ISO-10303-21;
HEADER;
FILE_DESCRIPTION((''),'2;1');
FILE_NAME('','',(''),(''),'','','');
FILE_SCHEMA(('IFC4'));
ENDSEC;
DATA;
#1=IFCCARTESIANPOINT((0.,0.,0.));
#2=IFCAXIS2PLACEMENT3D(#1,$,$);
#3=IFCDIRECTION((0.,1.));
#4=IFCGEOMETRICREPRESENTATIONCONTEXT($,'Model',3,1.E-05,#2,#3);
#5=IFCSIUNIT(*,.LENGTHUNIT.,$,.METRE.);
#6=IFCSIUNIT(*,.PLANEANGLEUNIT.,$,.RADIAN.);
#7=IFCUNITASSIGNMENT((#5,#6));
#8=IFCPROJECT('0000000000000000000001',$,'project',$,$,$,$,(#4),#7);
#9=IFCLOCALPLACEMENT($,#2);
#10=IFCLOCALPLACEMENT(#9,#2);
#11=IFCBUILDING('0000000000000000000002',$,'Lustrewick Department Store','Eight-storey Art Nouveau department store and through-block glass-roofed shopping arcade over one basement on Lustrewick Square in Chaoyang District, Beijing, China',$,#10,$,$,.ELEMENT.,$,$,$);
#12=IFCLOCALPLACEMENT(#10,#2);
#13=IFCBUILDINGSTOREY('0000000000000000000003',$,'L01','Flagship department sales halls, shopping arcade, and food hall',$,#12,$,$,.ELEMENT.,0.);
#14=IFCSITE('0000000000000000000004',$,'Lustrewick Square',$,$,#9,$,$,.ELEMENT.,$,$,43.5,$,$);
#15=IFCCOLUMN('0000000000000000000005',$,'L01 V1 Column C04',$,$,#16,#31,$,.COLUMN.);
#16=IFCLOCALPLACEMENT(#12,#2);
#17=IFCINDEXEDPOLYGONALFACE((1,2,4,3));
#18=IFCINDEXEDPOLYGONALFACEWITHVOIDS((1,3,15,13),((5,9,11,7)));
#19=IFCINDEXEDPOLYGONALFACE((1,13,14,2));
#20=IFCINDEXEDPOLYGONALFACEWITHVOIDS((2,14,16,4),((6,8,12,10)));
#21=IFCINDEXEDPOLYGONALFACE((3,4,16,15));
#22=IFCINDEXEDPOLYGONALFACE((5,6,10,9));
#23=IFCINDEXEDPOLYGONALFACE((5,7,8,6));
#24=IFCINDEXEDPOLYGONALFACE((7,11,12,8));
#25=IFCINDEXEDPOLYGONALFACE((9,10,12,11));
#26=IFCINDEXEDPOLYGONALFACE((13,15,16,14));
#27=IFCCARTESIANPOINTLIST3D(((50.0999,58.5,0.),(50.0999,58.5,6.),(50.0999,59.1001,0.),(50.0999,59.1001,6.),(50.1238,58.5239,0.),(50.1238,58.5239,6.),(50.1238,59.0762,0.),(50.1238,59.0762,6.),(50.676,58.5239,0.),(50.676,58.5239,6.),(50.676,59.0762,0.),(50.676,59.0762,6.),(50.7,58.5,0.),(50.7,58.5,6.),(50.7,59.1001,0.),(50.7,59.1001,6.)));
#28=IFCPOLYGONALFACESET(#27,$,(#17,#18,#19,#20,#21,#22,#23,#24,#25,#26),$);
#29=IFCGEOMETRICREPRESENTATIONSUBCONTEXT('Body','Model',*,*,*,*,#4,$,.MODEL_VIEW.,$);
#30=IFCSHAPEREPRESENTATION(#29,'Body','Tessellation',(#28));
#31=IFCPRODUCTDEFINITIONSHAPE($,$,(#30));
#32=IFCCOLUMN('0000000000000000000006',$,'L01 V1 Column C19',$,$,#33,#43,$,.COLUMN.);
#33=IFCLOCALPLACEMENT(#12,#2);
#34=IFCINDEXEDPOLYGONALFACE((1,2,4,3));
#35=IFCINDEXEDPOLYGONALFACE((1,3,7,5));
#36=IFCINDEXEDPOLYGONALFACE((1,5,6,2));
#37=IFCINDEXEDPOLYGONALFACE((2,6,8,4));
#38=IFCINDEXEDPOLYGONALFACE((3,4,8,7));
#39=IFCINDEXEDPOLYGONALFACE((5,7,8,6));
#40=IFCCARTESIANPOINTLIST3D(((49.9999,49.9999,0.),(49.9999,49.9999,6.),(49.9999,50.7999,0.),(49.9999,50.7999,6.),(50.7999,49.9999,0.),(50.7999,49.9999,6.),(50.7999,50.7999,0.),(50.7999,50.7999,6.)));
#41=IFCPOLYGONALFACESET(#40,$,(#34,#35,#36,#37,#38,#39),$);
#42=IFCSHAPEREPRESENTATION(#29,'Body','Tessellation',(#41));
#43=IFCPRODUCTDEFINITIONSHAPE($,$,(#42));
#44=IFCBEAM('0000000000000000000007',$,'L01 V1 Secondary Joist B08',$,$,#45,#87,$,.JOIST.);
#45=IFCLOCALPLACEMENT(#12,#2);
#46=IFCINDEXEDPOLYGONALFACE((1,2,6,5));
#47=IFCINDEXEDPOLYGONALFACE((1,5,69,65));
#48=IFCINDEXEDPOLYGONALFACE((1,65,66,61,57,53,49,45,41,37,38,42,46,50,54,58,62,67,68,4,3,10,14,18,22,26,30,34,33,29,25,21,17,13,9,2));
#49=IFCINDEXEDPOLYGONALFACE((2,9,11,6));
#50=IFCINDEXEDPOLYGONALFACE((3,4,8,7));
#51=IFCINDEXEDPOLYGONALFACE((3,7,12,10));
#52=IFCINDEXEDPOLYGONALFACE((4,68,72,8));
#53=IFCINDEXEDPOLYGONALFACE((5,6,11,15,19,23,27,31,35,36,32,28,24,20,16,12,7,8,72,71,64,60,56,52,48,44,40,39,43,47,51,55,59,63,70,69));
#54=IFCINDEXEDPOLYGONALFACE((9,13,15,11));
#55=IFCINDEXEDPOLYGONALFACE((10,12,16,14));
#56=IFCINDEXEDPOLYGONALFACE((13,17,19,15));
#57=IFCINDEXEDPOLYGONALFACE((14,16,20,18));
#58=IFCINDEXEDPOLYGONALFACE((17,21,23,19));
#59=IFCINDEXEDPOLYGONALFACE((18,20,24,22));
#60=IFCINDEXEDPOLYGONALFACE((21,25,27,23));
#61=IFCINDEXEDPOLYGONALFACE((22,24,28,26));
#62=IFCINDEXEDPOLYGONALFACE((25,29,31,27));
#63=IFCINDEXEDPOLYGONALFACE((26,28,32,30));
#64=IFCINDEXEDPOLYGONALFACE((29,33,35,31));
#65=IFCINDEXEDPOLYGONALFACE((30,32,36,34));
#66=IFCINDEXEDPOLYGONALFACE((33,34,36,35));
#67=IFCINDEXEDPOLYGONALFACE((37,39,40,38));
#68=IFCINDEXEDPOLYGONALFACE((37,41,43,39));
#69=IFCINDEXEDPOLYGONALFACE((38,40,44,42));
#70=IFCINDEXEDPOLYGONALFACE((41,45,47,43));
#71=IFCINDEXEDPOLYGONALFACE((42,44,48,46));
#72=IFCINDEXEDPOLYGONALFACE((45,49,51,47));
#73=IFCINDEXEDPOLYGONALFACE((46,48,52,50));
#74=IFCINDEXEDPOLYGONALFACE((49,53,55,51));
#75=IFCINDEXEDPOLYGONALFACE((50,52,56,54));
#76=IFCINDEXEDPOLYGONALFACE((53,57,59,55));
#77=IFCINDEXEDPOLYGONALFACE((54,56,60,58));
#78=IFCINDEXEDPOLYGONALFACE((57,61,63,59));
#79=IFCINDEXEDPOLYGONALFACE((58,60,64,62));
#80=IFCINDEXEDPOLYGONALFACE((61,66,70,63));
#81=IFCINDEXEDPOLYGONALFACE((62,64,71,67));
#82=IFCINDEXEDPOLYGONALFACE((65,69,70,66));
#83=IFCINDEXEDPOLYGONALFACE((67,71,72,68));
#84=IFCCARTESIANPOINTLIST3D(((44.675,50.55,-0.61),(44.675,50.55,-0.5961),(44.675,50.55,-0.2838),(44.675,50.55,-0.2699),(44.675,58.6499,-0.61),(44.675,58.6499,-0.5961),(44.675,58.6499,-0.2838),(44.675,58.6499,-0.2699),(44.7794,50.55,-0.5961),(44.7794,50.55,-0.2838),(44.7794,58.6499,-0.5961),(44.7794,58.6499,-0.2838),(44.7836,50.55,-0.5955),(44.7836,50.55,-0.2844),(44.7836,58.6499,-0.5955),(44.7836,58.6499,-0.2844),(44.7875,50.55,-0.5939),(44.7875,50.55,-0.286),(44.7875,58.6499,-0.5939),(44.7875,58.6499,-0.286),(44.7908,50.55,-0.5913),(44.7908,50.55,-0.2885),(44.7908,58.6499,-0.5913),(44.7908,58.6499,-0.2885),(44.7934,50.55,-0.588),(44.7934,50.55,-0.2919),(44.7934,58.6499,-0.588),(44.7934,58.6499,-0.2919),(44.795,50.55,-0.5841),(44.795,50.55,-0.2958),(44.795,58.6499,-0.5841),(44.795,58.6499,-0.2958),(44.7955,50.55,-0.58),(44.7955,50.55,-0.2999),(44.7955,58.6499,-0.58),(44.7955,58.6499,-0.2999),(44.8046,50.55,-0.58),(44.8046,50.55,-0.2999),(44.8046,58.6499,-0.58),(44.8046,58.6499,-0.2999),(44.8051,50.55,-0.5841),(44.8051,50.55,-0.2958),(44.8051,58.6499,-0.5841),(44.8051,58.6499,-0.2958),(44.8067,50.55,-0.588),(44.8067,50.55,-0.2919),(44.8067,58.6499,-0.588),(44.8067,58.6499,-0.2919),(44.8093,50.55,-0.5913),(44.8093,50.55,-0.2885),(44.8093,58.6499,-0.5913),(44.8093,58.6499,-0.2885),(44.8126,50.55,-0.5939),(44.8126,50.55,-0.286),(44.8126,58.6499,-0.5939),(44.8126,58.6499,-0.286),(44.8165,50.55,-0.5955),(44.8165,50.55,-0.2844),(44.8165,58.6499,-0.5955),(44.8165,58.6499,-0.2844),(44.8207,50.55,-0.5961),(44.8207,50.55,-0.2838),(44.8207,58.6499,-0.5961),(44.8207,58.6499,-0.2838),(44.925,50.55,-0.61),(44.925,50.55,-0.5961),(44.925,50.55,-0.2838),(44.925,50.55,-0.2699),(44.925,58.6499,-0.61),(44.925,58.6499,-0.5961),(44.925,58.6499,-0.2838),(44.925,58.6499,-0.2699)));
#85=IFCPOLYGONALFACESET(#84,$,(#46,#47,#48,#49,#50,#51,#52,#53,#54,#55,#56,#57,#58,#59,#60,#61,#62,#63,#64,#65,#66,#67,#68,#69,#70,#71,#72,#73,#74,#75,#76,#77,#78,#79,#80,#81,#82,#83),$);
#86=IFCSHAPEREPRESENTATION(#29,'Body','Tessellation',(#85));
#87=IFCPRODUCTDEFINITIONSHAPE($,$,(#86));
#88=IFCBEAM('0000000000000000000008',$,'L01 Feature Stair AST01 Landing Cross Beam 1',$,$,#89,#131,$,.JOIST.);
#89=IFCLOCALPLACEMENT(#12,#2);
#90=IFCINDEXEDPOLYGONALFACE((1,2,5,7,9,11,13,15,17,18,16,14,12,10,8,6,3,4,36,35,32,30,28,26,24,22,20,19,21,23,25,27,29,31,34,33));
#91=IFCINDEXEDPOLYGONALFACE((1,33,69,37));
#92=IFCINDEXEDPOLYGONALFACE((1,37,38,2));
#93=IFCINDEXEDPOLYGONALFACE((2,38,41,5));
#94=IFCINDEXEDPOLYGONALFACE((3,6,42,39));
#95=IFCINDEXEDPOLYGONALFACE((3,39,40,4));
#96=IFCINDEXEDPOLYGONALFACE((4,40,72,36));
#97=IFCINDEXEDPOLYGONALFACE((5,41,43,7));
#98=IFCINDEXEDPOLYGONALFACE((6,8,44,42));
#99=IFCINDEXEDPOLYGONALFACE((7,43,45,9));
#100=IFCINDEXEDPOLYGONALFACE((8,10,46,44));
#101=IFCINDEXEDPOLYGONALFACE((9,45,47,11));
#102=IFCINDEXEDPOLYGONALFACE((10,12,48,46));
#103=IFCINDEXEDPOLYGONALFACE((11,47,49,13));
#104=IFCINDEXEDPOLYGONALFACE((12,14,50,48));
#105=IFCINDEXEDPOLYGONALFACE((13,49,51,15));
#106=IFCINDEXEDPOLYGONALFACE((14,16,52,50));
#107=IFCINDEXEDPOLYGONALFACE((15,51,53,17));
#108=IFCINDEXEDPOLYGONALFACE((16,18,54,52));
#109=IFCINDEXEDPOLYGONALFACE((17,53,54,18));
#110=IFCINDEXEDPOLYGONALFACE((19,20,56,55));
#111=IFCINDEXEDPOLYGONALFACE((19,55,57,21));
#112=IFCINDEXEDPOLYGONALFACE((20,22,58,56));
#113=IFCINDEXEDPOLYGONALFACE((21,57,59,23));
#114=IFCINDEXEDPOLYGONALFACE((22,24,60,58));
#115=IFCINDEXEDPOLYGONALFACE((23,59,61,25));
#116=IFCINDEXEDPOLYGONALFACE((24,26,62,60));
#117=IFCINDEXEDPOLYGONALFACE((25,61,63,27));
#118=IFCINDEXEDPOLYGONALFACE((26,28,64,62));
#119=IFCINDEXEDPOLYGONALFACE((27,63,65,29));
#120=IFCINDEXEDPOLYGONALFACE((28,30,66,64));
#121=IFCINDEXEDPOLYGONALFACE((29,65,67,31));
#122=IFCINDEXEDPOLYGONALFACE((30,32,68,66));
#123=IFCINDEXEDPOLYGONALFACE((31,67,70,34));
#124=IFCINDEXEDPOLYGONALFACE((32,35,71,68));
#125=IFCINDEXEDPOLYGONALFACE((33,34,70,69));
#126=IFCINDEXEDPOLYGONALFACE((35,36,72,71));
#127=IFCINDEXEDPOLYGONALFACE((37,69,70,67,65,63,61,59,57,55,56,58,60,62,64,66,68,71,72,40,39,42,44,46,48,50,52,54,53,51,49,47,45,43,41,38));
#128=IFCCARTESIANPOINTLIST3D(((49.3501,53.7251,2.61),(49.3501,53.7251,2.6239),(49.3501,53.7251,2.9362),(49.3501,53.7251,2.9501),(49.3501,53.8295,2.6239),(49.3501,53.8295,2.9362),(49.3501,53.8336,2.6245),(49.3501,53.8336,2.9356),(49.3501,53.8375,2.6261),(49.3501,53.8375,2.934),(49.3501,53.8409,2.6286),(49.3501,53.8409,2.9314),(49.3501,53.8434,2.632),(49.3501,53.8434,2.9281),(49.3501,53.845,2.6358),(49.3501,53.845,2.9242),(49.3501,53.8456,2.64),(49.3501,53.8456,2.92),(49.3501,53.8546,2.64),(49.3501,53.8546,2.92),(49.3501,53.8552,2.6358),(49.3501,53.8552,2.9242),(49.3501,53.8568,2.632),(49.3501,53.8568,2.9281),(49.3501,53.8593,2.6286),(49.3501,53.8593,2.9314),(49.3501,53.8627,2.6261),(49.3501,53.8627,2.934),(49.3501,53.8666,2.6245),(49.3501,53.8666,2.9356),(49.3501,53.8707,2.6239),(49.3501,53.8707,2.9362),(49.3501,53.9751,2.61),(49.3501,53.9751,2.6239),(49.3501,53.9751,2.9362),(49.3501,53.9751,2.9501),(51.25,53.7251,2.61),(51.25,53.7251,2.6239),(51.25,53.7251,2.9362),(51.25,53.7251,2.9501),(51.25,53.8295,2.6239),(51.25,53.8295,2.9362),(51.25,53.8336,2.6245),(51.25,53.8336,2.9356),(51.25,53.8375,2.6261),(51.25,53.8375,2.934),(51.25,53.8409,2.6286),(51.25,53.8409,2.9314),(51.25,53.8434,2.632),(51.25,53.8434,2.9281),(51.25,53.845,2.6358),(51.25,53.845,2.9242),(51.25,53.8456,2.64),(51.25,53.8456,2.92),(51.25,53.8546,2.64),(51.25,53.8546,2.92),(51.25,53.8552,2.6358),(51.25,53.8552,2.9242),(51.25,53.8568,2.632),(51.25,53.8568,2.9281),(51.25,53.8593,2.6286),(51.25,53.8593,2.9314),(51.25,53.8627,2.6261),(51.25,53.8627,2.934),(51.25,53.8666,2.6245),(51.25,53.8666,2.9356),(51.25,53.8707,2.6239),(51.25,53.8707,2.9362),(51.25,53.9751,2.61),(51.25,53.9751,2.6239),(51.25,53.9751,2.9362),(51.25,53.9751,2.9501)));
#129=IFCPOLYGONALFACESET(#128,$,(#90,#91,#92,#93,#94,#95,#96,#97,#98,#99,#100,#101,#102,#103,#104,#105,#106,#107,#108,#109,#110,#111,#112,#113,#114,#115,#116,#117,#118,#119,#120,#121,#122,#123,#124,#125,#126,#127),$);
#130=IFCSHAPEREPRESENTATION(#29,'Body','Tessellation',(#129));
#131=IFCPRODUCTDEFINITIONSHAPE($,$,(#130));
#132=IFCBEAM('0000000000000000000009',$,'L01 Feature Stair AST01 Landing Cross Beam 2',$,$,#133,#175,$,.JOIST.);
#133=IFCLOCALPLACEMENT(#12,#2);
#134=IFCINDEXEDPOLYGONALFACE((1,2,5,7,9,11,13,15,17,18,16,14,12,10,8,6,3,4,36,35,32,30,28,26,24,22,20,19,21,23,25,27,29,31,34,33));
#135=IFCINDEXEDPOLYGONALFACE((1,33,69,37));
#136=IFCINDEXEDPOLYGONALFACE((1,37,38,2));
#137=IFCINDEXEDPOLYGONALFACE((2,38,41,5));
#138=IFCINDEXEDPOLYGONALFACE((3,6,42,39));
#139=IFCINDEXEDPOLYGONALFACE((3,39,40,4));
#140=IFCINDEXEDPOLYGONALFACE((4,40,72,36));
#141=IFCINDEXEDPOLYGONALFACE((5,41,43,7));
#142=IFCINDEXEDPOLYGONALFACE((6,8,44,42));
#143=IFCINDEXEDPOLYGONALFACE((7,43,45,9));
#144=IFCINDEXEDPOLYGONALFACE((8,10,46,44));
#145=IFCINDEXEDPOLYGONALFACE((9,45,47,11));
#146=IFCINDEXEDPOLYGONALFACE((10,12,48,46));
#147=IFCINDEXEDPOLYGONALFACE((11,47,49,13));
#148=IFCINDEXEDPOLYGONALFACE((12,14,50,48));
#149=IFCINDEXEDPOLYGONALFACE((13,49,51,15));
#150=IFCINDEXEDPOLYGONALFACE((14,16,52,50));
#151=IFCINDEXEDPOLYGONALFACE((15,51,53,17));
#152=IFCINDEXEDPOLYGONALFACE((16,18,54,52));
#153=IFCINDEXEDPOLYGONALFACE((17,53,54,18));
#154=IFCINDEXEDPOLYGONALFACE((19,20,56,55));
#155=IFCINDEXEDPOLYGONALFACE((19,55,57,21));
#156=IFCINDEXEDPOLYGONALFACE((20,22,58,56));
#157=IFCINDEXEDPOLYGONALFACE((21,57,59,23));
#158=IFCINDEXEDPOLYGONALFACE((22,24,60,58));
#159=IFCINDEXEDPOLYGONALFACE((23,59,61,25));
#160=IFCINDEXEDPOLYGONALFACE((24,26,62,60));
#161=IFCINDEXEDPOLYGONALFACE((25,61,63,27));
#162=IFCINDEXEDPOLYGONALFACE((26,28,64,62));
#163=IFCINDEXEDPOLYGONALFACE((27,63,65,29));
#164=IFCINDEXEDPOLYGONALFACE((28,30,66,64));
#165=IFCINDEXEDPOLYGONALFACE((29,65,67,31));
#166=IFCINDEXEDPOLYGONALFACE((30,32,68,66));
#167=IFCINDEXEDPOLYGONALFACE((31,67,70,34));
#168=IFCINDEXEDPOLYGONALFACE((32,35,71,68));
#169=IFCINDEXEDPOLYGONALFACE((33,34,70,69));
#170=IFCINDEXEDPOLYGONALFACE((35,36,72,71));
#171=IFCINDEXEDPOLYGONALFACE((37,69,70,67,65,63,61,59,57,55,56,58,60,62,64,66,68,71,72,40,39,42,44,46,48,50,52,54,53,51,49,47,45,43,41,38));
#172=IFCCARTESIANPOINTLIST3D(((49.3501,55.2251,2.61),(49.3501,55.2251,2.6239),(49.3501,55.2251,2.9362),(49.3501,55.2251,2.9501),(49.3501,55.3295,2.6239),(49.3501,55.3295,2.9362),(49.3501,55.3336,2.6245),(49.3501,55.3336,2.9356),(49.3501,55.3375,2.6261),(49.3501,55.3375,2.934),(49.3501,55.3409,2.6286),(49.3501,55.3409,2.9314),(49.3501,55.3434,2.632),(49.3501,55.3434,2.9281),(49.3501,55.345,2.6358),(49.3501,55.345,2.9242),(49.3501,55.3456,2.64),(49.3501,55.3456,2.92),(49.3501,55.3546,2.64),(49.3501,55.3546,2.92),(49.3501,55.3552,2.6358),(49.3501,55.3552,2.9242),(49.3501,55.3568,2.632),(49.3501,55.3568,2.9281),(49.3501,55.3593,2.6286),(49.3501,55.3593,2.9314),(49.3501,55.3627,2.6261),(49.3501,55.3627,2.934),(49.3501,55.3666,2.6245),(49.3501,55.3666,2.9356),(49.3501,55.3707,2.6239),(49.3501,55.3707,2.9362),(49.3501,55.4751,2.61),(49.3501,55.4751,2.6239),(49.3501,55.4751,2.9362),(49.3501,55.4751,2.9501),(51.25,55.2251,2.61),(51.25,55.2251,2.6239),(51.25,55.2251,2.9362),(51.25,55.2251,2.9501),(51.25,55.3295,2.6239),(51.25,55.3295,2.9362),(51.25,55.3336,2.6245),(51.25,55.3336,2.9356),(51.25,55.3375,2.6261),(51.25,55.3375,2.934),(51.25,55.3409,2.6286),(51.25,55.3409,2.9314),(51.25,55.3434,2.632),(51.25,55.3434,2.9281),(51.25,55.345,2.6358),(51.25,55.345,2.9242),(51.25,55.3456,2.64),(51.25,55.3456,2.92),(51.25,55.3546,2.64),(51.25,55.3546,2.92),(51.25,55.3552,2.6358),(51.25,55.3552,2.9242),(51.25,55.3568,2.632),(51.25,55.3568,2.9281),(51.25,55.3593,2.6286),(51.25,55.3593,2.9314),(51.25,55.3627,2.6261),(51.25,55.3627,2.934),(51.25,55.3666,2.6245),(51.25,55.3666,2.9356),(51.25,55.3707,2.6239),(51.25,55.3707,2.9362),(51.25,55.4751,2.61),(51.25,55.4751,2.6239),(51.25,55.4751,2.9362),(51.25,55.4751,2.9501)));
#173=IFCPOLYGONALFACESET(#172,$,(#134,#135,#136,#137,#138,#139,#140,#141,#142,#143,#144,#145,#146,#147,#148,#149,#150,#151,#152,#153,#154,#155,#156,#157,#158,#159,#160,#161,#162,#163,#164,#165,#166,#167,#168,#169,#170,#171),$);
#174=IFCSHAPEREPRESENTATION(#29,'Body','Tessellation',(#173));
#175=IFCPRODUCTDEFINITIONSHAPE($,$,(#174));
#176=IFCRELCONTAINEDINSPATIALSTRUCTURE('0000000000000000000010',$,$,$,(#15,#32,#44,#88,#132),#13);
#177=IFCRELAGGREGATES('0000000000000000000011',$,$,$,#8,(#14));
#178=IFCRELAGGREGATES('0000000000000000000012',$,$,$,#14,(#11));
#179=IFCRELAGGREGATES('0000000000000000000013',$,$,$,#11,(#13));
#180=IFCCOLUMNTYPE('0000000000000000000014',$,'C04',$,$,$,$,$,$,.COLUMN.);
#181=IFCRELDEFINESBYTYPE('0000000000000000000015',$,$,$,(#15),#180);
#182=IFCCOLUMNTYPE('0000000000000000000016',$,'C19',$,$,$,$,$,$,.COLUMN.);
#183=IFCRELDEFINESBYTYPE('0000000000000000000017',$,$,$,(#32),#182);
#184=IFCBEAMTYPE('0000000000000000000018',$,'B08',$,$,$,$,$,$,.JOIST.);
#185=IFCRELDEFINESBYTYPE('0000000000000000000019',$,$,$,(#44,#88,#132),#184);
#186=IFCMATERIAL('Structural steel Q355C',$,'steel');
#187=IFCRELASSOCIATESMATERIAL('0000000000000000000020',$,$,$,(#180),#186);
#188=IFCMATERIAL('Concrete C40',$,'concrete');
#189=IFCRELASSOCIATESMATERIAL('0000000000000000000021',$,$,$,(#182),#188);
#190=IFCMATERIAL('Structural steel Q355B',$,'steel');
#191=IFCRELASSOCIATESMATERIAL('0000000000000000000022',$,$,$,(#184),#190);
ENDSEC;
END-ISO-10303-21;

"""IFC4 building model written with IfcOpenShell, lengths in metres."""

from ifc_helpers import new_model, si_unit, direction, frame, origin, origin_2d, place, context, subcontext, project, spatial, rectangle, hollow_rectangle, i_section, extrude, material, material_profile, profile_set, type_object, element, save


model = new_model("IFC4")

# Units and contexts
model_context = context("Model", 3, precision=1e-05, world=origin(), true_north=direction((0.0, 1.0)))
body_context = subcontext(model_context, "Body", "Model", "MODEL_VIEW")
ifc_project = project(units=[si_unit("LENGTHUNIT", "METRE"), si_unit("PLANEANGLEUNIT", "RADIAN")], contexts=[model_context])

# Site, building, storey
site_placement = place(None, origin())
site = spatial("IfcSite", under=ifc_project, at=site_placement, Name="Lustrewick Square", CompositionType="ELEMENT", RefElevation=43.5)
building_placement = place(site_placement, origin())
building = spatial("IfcBuilding", under=site, at=building_placement, Name="Lustrewick Department Store", Description="Eight-storey Art Nouveau department store and through-block glass-roofed shopping arcade over one basement on Lustrewick Square in Chaoyang District, Beijing, China", CompositionType="ELEMENT")
storey_placement = place(building_placement, origin())
storey = spatial("IfcBuildingStorey", under=building, at=storey_placement, Name="L01", Description="Flagship department sales halls, shopping arcade, and food hall", CompositionType="ELEMENT", Elevation=0.0)

# Columns
ifc_material_1 = material(Name="Structural steel Q355C", Category="steel")
ifc_material_profile_1 = material_profile(ifc_material_1, hollow_rectangle(XDim=0.6001, YDim=0.6001, WallThickness=0.0239, at=origin_2d()), Name="BOX 600x600x24")
ifc_profile_set_1 = profile_set([ifc_material_profile_1], Name="Structural steel Q355C")
column_type_1 = type_object("IfcColumnType", Name="C04", PredefinedType="COLUMN", material=ifc_profile_set_1)
column_1_placement = place(storey_placement, frame((50.3999, 58.8, 0.0), z_axis=(0.0, 0.0, 1.0), x_axis=(1.0, 0.0, 0.0)))
element("IfcColumn", 1, at=column_1_placement, inside=storey, type_object=column_type_1, Name="L01 V1 Column C04", PredefinedType="COLUMN", context=body_context, shape_type="SweptSolid", body=[
    extrude(hollow_rectangle(XDim=0.6001, YDim=0.6001, WallThickness=0.0239, at=origin_2d()), origin(), (0.0, 0.0, 1.0), 6.0),
])
ifc_material_2 = material(Name="Concrete C40", Category="concrete")
ifc_material_profile_2 = material_profile(ifc_material_2, rectangle(XDim=0.8, YDim=0.8, at=origin_2d()), Name="RC 800x800")
ifc_profile_set_2 = profile_set([ifc_material_profile_2], Name="Concrete C40")
column_type_2 = type_object("IfcColumnType", Name="C19", PredefinedType="COLUMN", material=ifc_profile_set_2)
column_2_placement = place(storey_placement, frame((50.3999, 50.3999, 0.0), z_axis=(0.0, 0.0, 1.0), x_axis=(1.0, 0.0, 0.0)))
element("IfcColumn", 2, at=column_2_placement, inside=storey, type_object=column_type_2, Name="L01 V1 Column C19", PredefinedType="COLUMN", context=body_context, shape_type="SweptSolid", body=[
    extrude(rectangle(XDim=0.8, YDim=0.8, at=origin_2d()), origin(), (0.0, 0.0, 1.0), 6.0),
])

# Beams
ifc_material_3 = material(Name="Structural steel Q355B", Category="steel")
ifc_material_profile_3 = material_profile(ifc_material_3, i_section(OverallWidth=0.25, OverallDepth=0.3401, WebThickness=0.009, FlangeThickness=0.0139, FilletRadius=0.0161, at=origin_2d()), Name="HM 340x250x9x14")
ifc_profile_set_3 = profile_set([ifc_material_profile_3], Name="Structural steel Q355B")
beam_type_1 = type_object("IfcBeamType", Name="B08", PredefinedType="JOIST", material=ifc_profile_set_3)
beam_1_placement = place(storey_placement, frame((44.8, 50.55, -0.4399), z_axis=(0.0, 1.0, 0.0), x_axis=(-1.0, 0.0, 0.0)))
element("IfcBeam", 3, at=beam_1_placement, inside=storey, type_object=beam_type_1, Name="L01 V1 Secondary Joist B08", PredefinedType="JOIST", context=body_context, shape_type="SweptSolid", body=[
    extrude(i_section(OverallWidth=0.25, OverallDepth=0.3401, WebThickness=0.009, FlangeThickness=0.0139, FilletRadius=0.0161, at=origin_2d()), origin(), (0.0, 0.0, 1.0), 8.0999),
])
for number, where, z_axis, x_axis, name in (
    (4, (49.3501, 53.8501, 2.78), (1.0, 0.0, 0.0), (0.0, 1.0, 0.0), "L01 Feature Stair AST01 Landing Cross Beam 1"),
    (5, (49.3501, 55.3501, 2.78), (1.0, 0.0, 0.0), (0.0, 1.0, 0.0), "L01 Feature Stair AST01 Landing Cross Beam 2"),
):
    element("IfcBeam", number, at=place(storey_placement, frame(where, z_axis=z_axis, x_axis=x_axis)), inside=storey, type_object=beam_type_1, Name=name, PredefinedType="JOIST", context=body_context, shape_type="SweptSolid", body=[
        extrude(i_section(OverallWidth=0.25, OverallDepth=0.3401, WebThickness=0.009, FlangeThickness=0.0139, FilletRadius=0.0161, at=origin_2d()), origin(), (0.0, 0.0, 1.0), 1.8999),
    ])

save(model, "model.ifc")
